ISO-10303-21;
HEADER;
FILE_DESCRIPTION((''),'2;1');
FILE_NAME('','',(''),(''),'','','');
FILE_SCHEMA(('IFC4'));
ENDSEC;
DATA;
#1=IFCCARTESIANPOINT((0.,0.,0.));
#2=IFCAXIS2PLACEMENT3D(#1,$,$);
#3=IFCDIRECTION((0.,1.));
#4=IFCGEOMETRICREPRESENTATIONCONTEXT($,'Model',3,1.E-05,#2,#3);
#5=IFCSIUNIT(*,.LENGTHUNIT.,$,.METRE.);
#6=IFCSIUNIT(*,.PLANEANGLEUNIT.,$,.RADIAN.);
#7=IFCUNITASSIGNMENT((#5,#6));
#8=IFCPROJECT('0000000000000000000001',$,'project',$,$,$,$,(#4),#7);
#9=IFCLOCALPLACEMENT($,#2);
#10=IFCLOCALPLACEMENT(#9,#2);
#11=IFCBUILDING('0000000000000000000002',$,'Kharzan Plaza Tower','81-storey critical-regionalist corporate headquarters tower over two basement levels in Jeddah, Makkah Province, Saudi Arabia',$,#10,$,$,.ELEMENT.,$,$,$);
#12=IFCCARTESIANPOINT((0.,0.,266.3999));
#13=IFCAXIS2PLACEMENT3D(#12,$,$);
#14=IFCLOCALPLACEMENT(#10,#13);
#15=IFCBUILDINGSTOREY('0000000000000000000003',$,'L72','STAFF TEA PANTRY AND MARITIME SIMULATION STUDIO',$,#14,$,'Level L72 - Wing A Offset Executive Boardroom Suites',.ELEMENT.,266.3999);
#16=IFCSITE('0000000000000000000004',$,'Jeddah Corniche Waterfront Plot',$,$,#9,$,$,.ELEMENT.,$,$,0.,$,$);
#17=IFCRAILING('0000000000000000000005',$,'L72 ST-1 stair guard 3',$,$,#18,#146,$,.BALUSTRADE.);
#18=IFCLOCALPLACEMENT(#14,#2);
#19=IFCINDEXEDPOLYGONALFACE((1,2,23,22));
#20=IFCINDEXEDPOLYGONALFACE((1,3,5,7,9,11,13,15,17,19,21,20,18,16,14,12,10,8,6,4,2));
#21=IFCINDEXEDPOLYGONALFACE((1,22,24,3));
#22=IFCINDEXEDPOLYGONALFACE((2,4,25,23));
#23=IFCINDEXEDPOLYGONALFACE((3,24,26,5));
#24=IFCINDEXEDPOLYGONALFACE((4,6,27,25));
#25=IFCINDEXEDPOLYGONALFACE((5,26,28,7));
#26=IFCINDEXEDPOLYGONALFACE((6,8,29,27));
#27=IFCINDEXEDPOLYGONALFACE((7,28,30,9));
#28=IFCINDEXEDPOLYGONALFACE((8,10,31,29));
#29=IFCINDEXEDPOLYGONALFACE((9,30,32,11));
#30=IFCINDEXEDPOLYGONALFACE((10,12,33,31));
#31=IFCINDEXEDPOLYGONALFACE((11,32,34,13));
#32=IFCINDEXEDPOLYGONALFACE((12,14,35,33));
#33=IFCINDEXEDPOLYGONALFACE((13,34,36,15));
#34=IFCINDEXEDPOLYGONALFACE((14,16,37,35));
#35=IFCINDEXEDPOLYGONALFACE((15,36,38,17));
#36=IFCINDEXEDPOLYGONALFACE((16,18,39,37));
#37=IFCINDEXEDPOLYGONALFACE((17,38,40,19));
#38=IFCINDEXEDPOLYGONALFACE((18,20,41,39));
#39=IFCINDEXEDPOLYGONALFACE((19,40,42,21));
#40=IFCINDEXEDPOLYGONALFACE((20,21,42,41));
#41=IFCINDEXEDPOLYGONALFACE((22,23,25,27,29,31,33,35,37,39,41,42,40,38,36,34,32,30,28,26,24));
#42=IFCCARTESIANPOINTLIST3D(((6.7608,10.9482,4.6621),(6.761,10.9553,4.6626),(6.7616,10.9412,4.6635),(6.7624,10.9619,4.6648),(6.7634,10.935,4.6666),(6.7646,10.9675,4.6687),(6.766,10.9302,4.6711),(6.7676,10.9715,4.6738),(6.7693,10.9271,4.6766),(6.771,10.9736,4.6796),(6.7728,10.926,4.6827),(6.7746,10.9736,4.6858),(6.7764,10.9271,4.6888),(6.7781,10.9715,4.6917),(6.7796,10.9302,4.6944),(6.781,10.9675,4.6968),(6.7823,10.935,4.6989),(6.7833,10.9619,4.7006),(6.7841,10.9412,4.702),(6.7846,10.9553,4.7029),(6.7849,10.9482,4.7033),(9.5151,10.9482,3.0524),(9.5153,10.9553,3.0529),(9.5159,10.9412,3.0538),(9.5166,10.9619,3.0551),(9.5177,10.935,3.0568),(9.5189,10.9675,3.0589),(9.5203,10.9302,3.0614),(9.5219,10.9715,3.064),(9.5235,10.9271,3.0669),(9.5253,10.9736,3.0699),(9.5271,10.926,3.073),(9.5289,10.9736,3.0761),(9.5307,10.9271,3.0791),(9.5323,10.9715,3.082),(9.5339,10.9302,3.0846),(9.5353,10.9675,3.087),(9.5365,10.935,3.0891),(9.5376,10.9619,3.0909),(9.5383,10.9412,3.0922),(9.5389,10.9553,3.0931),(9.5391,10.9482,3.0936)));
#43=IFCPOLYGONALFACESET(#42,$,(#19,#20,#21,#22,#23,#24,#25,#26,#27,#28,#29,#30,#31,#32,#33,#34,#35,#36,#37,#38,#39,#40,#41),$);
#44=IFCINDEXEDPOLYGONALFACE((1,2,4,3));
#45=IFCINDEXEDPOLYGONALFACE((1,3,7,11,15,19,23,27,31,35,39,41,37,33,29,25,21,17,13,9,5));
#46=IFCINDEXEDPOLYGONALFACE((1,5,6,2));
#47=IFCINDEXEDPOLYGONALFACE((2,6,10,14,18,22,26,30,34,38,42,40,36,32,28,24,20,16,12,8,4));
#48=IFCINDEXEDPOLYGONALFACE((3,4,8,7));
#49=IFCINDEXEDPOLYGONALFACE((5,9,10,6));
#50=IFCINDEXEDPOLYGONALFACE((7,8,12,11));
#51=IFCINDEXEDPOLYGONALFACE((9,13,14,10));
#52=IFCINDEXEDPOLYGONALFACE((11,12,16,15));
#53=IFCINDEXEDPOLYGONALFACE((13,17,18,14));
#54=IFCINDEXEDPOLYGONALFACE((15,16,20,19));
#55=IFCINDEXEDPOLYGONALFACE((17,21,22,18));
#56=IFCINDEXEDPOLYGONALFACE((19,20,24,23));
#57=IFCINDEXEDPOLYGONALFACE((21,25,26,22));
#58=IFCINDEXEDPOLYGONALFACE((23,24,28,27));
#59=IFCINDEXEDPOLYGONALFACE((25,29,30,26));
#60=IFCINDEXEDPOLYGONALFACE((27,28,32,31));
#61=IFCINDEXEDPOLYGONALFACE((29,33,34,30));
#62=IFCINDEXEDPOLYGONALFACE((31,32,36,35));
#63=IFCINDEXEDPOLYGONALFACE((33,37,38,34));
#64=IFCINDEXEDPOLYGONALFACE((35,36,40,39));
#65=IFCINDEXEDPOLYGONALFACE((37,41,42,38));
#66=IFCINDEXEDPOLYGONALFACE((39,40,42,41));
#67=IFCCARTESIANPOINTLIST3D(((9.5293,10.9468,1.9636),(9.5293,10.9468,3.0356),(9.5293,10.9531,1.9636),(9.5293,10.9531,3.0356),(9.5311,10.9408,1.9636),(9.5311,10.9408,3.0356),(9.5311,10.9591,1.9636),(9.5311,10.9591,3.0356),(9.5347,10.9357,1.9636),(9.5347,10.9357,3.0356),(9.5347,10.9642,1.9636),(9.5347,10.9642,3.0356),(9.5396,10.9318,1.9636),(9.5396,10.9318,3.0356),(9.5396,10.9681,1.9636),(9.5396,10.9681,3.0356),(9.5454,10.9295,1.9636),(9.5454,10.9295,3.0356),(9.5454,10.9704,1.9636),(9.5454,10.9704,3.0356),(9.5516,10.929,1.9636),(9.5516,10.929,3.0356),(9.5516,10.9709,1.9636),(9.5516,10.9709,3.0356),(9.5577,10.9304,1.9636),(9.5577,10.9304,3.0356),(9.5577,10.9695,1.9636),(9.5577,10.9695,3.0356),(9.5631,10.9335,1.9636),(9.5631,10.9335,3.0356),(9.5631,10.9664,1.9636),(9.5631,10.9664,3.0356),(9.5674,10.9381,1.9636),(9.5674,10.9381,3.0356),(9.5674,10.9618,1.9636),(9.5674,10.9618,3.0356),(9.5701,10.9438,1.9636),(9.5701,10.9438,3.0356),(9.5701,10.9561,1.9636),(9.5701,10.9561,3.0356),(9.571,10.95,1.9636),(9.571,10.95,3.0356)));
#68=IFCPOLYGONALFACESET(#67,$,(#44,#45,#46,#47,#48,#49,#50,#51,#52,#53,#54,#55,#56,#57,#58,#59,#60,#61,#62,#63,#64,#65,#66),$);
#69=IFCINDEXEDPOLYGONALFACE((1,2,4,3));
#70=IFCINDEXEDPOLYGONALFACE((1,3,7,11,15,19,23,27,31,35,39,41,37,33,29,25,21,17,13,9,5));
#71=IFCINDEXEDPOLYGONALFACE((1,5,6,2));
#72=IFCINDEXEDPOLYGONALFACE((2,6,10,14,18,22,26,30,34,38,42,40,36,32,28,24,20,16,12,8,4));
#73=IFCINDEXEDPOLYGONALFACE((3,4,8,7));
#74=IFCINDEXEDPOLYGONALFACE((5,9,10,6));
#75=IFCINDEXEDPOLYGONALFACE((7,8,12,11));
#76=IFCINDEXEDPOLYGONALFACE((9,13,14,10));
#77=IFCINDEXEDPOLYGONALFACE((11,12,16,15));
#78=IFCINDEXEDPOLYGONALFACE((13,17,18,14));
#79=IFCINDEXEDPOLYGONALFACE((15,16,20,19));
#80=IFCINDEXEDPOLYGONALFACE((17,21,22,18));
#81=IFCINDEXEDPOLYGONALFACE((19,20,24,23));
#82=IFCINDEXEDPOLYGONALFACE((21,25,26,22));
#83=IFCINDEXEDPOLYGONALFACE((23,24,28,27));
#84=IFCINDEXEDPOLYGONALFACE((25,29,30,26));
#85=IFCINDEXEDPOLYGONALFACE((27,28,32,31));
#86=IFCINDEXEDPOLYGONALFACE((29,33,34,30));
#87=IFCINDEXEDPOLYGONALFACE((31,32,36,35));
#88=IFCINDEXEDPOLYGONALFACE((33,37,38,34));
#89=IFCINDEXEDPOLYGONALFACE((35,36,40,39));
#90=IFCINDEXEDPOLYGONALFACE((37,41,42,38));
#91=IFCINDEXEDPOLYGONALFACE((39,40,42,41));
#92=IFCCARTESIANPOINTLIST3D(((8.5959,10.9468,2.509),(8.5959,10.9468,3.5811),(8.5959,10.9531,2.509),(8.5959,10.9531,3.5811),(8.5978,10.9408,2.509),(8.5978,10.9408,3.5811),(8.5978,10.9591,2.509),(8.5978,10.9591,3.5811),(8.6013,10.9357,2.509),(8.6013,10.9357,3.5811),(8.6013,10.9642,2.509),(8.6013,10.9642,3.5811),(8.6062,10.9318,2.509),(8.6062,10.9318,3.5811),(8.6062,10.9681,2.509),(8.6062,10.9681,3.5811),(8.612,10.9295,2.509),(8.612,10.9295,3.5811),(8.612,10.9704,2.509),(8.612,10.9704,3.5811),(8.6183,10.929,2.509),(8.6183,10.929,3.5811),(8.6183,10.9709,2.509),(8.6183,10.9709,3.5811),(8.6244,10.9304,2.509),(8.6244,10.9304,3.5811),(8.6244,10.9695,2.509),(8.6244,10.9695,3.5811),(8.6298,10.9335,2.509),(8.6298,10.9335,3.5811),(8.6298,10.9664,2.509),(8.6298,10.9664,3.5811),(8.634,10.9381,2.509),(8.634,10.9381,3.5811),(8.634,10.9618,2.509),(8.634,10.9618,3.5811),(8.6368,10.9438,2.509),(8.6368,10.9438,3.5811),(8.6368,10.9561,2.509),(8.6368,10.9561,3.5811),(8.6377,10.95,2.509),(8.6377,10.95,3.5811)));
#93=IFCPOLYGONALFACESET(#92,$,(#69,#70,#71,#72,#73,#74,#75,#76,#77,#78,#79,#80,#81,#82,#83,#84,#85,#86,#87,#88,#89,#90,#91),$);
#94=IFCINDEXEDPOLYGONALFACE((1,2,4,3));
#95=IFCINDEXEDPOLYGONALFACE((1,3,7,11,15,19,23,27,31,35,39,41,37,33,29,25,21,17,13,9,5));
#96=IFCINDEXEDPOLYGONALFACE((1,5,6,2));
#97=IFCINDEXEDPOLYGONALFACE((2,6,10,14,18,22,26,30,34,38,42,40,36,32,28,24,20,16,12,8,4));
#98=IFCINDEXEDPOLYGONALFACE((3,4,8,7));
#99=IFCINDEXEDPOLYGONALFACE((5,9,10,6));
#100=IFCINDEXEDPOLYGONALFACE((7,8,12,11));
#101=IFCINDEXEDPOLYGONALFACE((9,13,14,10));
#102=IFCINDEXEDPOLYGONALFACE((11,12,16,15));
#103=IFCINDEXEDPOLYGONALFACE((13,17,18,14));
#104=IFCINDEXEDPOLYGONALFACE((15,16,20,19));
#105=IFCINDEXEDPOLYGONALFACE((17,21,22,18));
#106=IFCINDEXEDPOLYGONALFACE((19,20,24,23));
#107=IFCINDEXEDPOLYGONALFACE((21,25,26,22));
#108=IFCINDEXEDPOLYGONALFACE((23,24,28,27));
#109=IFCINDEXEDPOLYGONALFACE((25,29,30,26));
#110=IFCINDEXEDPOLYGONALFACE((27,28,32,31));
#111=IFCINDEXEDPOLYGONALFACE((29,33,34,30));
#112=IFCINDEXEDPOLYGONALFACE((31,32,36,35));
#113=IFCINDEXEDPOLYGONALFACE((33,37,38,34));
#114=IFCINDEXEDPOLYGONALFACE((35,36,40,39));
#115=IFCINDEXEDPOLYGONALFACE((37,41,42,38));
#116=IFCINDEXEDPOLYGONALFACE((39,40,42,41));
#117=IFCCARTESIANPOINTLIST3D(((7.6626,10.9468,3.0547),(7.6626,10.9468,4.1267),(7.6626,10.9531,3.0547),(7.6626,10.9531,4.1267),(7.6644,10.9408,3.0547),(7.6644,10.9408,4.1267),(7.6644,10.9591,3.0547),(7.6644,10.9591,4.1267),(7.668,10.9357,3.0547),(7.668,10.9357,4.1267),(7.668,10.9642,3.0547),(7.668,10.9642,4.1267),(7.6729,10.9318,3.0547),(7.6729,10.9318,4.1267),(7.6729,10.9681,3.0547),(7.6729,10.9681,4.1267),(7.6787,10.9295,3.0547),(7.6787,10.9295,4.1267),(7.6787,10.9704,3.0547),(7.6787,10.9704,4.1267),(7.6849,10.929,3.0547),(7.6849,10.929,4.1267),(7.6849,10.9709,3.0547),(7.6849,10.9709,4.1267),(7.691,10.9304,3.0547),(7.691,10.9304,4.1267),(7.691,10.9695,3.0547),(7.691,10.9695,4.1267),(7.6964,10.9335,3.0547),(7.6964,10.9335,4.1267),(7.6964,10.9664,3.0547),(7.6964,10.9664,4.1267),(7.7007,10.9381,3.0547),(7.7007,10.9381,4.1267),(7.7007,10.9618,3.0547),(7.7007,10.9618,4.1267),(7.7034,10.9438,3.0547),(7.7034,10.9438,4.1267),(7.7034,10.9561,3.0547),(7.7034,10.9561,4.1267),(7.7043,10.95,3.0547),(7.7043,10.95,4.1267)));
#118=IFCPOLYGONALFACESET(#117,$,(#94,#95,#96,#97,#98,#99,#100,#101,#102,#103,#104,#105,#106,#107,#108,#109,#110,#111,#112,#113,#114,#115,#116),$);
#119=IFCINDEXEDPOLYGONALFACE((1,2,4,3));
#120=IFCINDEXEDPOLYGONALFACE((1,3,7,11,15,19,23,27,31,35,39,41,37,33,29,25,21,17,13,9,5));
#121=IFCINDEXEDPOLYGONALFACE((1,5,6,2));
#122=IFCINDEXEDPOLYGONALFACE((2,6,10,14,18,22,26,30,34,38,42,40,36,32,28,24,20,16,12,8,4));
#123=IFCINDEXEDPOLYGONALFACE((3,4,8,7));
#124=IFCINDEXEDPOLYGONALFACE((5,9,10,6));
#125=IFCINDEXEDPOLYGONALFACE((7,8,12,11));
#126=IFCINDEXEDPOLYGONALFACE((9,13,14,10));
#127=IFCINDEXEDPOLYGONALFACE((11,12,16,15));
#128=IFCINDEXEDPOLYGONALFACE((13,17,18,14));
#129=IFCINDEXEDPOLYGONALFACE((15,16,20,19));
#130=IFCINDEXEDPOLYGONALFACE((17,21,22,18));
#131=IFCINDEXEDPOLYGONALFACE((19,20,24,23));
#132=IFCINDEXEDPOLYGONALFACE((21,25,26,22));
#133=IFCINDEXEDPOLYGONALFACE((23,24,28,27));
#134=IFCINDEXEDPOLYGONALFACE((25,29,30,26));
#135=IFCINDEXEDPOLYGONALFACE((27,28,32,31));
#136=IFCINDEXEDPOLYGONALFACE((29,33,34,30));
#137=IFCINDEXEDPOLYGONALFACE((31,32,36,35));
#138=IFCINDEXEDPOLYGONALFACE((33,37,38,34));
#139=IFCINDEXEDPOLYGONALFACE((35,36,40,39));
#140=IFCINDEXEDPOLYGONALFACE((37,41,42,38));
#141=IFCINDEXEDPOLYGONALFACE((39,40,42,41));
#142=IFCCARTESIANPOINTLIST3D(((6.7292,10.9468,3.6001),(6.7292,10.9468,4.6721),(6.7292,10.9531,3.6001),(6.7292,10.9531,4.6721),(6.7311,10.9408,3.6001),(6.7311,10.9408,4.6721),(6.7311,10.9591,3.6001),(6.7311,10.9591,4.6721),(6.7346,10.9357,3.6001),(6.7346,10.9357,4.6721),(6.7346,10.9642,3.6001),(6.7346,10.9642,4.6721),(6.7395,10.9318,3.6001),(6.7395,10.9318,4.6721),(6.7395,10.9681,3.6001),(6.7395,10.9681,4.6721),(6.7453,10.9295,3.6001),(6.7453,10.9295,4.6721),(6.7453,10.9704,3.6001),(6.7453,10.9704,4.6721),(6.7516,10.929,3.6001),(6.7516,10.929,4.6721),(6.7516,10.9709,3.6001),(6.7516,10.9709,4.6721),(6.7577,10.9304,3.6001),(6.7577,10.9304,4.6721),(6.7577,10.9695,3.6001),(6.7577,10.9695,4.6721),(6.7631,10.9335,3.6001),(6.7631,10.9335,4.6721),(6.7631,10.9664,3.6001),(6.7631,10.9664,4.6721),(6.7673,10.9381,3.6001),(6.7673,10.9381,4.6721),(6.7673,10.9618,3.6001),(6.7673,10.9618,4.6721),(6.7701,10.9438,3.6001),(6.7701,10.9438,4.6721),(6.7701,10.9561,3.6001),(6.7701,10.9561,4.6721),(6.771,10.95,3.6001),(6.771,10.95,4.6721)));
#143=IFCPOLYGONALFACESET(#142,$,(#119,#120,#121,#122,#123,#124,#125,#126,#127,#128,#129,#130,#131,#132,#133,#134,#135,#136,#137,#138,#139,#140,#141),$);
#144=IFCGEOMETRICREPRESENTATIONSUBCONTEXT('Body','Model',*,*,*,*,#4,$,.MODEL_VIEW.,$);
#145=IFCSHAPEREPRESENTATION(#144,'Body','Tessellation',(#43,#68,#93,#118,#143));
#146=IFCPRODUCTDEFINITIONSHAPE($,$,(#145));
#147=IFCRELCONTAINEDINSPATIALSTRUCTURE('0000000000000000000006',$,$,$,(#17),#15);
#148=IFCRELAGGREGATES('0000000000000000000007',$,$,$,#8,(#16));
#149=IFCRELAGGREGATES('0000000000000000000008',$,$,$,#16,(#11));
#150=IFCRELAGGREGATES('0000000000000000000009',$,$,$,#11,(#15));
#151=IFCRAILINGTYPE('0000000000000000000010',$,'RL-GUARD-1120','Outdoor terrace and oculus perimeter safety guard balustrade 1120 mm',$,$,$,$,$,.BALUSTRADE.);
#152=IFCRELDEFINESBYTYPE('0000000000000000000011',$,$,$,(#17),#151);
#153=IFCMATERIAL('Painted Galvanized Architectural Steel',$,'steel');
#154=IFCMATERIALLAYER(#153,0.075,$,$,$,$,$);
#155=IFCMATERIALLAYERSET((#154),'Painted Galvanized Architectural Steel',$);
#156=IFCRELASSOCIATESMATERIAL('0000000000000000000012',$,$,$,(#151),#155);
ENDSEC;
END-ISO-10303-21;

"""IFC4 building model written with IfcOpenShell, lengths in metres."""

from ifc_helpers import new_model, si_unit, direction, frame, origin, origin_2d, place, context, subcontext, project, spatial, circle, extrude, source, transform, mapped, material, layer, layer_set, type_object, element, save


model = new_model("IFC4")

# Units and contexts
model_context = context("Model", 3, precision=1e-05, world=origin(), true_north=direction((0.0, 1.0)))
body_context = subcontext(model_context, "Body", "Model", "MODEL_VIEW")
ifc_project = project(units=[si_unit("LENGTHUNIT", "METRE"), si_unit("PLANEANGLEUNIT", "RADIAN")], contexts=[model_context])

# Site, building, storey
site_placement = place(None, origin())
site = spatial("IfcSite", under=ifc_project, at=site_placement, Name="Jeddah Corniche Waterfront Plot", CompositionType="ELEMENT", RefElevation=0.0)
building_placement = place(site_placement, origin())
building = spatial("IfcBuilding", under=site, at=building_placement, Name="Kharzan Plaza Tower", Description="81-storey critical-regionalist corporate headquarters tower over two basement levels in Jeddah, Makkah Province, Saudi Arabia", CompositionType="ELEMENT")
storey_placement = place(building_placement, frame((0.0, 0.0, 266.3999)))
storey = spatial("IfcBuildingStorey", under=building, at=storey_placement, Name="L72", Description="STAFF TEA PANTRY AND MARITIME SIMULATION STUDIO", LongName="Level L72 - Wing A Offset Executive Boardroom Suites", CompositionType="ELEMENT", Elevation=266.3999)

# Shared definitions
ifc_material_1 = material(Name="Painted Galvanized Architectural Steel", Category="steel")
ifc_layer_1 = layer(ifc_material_1, 0.075)
ifc_layer_set_1 = layer_set([ifc_layer_1], Name="Painted Galvanized Architectural Steel")
railing_type_1 = type_object("IfcRailingType", Name="RL-GUARD-1120", Description="Outdoor terrace and oculus perimeter safety guard balustrade 1120 mm", PredefinedType="BALUSTRADE", material=ifc_layer_set_1)

# Railing
shared_shape_1 = source(origin(), body_context, "Body", "SweptSolid", [
    extrude(circle(Radius=0.0239, at=origin_2d()), frame((-0.0229, 0.0, 1.1094), z_axis=(-0.863361, 0.0, 0.504587), x_axis=(0.0, -1.0, 0.0)), (0.0, 0.0, 1.0), 3.1902),
    extrude(circle(Radius=0.021, at=origin_2d()), origin(), (0.0, 0.0, 1.0), 1.072),
    extrude(circle(Radius=0.021, at=origin_2d()), frame((-0.9333, 0.0, 0.5454)), (0.0, 0.0, 1.0), 1.072),
    extrude(circle(Radius=0.021, at=origin_2d()), frame((-1.8667, 0.0, 1.0911)), (0.0, 0.0, 1.0), 1.072),
    extrude(circle(Radius=0.021, at=origin_2d()), frame((-2.8, 0.0, 1.6365)), (0.0, 0.0, 1.0), 1.072),
])
railing_1_placement = place(storey_placement, frame((9.55, 10.95, 1.9636)))
element("IfcRailing", 1, at=railing_1_placement, inside=storey, type_object=railing_type_1, Name="L72 ST-1 stair guard 3", PredefinedType="BALUSTRADE", context=body_context, shape_type="MappedRepresentation", body=[
    mapped(shared_shape_1, transform((0.0, 0.0, 0.0), x_axis=(1.0, 0.0, 0.0), y_axis=(0.0, 1.0, 0.0), z_axis=(0.0, 0.0, 1.0))),
])

save(model, "model.ifc")
